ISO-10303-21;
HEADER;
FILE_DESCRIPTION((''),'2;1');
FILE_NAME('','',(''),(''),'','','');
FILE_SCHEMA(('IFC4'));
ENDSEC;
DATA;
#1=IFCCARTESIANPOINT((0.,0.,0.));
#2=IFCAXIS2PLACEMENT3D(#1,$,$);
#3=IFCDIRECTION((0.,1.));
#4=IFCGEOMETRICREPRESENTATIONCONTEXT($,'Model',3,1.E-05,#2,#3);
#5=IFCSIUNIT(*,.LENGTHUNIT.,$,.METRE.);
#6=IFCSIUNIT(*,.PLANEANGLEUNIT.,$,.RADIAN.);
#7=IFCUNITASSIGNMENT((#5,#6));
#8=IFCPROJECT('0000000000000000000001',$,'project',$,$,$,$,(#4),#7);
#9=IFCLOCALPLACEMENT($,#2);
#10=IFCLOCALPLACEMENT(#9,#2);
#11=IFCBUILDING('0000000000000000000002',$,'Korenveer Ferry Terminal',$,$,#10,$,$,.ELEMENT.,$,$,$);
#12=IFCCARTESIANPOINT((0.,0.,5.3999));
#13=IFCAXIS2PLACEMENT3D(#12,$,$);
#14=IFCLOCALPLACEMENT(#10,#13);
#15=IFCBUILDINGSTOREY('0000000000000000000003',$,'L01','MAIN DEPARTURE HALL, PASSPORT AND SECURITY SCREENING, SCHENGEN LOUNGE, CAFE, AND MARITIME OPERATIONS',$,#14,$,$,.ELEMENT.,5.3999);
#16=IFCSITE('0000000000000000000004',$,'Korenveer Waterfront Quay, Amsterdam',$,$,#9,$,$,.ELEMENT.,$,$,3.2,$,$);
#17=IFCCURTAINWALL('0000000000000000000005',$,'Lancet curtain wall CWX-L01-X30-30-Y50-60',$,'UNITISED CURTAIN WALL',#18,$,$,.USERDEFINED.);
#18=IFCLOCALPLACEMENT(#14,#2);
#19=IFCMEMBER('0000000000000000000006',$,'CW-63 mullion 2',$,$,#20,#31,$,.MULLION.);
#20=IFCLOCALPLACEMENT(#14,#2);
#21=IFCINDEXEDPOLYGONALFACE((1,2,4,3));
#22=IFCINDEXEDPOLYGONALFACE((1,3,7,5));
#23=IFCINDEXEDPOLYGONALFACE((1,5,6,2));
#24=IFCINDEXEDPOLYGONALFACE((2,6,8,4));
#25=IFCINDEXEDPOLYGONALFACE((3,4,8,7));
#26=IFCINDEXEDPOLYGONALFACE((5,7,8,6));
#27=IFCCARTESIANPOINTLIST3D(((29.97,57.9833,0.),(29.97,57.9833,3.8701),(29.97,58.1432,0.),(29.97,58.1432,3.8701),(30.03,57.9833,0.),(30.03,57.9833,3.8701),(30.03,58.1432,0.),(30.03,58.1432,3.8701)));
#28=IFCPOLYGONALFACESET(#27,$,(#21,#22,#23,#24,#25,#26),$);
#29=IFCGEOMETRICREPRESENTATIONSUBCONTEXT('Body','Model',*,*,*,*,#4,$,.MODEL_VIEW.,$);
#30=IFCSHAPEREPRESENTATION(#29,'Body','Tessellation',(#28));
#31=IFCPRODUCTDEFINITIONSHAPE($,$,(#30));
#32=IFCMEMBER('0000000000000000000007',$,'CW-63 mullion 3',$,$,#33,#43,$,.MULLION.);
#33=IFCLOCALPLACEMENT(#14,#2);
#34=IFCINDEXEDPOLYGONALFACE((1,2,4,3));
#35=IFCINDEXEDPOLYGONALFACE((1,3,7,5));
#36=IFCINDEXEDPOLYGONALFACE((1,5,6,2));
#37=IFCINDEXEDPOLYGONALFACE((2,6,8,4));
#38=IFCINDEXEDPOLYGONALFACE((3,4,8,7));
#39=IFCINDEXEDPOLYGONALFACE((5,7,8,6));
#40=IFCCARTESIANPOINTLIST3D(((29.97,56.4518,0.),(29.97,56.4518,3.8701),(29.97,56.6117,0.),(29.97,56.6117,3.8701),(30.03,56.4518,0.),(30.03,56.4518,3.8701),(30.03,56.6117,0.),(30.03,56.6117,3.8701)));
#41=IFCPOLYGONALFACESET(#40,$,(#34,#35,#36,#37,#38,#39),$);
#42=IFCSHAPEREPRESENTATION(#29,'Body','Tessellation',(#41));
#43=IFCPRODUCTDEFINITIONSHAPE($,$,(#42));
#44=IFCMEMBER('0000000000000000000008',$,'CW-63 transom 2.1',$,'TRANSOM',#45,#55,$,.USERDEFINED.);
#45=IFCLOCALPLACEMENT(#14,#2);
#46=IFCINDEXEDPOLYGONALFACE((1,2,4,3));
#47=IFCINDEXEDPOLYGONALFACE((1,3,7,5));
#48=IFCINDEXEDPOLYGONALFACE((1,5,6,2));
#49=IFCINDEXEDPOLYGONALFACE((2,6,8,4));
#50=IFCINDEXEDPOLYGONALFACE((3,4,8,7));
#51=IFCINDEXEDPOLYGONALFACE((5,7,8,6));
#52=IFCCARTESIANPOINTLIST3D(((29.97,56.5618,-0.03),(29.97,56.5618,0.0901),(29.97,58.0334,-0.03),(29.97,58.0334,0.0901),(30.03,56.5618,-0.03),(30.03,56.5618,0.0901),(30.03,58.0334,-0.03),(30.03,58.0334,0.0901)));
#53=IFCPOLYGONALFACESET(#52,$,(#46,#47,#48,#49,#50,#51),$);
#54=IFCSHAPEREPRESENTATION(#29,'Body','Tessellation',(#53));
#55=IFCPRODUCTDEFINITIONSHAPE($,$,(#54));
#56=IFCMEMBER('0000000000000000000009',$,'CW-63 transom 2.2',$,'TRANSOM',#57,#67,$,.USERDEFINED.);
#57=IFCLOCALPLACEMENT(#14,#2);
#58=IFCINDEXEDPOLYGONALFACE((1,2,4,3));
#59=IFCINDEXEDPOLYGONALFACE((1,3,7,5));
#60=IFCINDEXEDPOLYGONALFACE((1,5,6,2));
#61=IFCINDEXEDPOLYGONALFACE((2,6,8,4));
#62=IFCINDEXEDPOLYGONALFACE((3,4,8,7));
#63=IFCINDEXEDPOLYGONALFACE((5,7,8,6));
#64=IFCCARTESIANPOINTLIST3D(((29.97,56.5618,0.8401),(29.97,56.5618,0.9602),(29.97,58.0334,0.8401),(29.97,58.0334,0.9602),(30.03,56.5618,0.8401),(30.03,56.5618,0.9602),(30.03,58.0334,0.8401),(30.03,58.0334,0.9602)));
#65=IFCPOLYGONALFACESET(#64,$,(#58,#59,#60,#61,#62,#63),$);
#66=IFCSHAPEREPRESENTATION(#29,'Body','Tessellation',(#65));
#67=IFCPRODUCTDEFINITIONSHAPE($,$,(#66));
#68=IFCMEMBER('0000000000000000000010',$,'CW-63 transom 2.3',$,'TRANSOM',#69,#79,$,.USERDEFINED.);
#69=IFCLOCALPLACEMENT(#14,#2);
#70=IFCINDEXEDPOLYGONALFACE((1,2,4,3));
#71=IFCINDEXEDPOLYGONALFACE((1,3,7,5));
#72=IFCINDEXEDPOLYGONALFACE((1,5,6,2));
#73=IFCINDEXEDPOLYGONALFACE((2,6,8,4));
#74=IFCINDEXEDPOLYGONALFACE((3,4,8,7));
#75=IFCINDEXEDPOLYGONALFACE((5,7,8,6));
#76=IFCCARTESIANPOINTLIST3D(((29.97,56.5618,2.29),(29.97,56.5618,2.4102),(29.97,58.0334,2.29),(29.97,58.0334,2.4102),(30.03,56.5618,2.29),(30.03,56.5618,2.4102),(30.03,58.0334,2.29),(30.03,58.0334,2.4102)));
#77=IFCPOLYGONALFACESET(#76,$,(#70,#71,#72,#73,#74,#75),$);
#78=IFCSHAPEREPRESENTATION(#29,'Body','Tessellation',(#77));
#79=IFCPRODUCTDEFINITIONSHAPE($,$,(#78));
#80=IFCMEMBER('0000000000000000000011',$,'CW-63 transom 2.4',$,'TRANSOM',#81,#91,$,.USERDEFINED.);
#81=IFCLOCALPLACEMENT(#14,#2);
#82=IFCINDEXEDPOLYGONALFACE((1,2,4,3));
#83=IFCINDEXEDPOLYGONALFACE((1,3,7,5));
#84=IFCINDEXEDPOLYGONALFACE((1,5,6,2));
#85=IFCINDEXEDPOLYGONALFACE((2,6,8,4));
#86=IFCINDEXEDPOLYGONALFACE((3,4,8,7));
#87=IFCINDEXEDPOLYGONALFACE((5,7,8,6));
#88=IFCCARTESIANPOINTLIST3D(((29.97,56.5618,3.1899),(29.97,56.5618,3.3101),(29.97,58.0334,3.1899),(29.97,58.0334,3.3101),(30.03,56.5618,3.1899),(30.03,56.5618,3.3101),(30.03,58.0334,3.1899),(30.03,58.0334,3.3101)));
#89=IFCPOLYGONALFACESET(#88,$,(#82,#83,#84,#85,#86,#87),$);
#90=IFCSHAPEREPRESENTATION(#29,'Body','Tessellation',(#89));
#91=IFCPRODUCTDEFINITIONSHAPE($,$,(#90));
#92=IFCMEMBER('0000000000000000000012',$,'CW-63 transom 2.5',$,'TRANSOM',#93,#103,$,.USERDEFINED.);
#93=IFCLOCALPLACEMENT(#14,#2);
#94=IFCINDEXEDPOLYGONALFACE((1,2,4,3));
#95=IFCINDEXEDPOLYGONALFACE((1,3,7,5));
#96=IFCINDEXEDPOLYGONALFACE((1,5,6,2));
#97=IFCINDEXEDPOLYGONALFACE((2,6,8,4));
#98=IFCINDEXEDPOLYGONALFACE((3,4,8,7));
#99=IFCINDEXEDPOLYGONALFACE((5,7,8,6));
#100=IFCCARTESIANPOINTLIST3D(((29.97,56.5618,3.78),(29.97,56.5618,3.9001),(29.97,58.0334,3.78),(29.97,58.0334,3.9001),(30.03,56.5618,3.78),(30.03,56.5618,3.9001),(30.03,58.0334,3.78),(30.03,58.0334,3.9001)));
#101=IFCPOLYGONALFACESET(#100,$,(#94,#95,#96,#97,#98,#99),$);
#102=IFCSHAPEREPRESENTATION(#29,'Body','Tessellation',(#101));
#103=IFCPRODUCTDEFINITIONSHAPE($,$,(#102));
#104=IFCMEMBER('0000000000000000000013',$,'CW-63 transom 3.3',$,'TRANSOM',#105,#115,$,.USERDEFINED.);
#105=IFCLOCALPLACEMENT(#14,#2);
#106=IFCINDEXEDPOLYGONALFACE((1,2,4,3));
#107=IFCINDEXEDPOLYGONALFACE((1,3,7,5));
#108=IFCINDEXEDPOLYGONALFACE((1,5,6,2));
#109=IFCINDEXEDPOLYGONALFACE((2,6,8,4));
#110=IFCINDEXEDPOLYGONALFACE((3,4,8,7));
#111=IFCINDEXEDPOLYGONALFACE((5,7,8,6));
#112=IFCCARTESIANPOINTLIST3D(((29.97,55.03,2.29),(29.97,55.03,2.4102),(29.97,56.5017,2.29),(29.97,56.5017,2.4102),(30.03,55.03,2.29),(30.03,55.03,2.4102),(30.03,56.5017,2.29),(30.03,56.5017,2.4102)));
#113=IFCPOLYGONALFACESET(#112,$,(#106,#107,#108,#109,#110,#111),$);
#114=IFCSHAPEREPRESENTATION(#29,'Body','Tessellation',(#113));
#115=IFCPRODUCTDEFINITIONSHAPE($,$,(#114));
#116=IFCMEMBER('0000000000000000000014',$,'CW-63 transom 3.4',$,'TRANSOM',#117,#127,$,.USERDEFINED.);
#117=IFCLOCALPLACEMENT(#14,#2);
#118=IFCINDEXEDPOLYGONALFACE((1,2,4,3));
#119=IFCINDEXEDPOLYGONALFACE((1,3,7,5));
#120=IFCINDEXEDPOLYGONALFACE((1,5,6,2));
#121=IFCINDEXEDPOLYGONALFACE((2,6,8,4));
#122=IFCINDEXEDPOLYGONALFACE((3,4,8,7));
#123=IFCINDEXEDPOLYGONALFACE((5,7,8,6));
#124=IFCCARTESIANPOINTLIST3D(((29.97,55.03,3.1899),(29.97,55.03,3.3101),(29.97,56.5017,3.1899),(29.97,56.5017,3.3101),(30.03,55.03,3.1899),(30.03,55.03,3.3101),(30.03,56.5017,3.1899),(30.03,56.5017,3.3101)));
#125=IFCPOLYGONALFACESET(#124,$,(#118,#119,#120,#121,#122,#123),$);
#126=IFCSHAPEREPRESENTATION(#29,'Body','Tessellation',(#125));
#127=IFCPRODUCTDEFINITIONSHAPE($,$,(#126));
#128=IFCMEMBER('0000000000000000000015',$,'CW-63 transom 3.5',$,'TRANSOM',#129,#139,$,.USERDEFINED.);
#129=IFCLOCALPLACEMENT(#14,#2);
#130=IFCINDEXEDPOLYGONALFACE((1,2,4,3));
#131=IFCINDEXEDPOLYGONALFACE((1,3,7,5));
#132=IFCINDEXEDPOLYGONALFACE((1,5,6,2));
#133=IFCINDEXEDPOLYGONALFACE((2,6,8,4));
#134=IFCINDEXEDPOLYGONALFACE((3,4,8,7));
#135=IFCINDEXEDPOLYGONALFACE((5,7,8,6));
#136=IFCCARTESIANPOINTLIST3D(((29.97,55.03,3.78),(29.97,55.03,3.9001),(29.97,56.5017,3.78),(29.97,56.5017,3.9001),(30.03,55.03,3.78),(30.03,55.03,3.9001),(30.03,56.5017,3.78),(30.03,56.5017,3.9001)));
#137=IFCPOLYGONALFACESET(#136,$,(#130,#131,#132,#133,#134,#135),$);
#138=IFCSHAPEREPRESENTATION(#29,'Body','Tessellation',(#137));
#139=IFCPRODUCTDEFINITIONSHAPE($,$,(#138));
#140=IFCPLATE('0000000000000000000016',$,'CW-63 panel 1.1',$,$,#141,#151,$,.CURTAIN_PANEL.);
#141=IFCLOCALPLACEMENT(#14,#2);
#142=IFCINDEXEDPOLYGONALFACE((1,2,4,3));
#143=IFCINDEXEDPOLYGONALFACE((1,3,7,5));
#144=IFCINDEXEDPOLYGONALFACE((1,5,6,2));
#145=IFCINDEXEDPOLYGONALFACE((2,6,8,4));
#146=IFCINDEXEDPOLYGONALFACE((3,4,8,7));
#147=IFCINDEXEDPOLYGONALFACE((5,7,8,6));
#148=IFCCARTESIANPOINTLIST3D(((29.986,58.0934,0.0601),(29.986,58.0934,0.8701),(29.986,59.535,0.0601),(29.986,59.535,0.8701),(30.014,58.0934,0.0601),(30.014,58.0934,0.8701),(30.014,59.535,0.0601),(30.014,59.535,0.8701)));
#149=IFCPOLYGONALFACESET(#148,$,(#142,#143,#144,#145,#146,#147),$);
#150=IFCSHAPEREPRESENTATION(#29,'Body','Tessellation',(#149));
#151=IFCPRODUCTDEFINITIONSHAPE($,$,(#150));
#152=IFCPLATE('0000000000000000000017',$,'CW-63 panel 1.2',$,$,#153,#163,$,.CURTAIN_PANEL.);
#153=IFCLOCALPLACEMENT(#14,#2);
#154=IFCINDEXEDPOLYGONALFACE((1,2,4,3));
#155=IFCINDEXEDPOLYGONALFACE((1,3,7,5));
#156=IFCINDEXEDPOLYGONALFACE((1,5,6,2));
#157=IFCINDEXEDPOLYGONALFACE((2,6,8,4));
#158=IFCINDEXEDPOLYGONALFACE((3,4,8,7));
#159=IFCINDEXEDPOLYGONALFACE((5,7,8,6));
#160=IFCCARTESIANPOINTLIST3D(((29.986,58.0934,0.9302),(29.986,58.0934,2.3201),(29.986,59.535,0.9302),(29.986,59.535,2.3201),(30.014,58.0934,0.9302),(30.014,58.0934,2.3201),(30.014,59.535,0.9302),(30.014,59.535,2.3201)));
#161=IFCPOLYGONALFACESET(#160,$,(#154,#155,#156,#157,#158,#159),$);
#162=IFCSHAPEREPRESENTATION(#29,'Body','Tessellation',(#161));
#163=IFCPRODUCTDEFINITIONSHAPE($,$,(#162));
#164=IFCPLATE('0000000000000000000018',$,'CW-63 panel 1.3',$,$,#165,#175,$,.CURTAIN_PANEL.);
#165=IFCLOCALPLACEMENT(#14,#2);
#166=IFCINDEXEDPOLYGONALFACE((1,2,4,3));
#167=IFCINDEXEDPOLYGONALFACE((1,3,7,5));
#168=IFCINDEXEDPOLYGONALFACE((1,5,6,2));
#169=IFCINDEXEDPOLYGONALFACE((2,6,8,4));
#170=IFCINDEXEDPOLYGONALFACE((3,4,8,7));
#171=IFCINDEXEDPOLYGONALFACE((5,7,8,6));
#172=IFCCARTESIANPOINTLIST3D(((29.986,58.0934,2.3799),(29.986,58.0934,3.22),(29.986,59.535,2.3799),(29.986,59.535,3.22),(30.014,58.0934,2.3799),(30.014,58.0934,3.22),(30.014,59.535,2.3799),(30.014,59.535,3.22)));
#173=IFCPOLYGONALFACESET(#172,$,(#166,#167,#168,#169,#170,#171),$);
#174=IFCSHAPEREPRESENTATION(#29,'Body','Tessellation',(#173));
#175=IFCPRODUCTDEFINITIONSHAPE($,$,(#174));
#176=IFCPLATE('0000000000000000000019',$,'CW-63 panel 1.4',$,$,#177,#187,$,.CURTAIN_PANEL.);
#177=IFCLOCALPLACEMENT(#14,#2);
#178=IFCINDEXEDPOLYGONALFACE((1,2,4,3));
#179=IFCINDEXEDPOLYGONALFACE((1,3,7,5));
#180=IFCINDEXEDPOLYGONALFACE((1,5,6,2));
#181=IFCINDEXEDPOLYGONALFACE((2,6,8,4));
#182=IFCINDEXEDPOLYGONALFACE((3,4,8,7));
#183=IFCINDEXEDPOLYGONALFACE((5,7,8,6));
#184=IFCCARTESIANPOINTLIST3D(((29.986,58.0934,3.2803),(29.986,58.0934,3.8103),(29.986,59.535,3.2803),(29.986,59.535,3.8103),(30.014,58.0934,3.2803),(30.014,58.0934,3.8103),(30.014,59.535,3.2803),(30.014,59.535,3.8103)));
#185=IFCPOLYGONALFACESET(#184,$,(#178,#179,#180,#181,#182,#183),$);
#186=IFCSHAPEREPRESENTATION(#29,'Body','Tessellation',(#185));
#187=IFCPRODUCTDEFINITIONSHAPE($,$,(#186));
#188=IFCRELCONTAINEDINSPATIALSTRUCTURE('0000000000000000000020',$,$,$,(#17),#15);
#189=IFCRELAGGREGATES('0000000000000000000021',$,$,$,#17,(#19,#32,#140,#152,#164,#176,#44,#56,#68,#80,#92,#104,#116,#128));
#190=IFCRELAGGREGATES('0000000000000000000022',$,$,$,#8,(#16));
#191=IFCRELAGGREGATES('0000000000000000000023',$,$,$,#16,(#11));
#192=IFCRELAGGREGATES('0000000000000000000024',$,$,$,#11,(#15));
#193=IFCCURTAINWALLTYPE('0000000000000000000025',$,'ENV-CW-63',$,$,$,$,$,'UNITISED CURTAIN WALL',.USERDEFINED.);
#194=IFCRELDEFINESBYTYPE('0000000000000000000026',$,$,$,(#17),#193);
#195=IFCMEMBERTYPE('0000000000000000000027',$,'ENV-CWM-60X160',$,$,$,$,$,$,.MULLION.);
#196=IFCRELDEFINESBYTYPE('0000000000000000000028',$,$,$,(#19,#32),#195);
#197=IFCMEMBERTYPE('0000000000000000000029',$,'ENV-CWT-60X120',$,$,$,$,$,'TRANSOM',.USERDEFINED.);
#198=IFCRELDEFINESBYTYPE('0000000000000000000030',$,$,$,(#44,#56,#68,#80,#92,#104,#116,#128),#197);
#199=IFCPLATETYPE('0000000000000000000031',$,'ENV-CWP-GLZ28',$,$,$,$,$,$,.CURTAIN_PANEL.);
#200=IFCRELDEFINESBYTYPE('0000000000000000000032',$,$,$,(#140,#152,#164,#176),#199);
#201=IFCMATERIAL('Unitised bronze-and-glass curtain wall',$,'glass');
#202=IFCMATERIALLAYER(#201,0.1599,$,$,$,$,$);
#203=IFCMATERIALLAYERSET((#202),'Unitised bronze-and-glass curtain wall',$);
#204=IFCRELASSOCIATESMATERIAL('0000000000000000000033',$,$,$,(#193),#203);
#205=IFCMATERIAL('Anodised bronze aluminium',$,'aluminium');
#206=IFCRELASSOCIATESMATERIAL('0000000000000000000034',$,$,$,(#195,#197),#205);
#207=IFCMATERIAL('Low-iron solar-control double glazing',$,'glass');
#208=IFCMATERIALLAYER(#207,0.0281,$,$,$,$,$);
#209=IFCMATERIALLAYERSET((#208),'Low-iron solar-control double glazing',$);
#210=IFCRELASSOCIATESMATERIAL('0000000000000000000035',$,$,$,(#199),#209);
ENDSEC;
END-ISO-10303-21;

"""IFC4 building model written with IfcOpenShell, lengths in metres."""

from ifc_helpers import new_model, si_unit, direction, frame, origin, origin_2d, place, context, subcontext, project, spatial, rectangle, extrude, material, layer, layer_set, material_profile, profile_set, type_object, element, aggregate, save


model = new_model("IFC4")

# Units and contexts
model_context = context("Model", 3, precision=1e-05, world=origin(), true_north=direction((0.0, 1.0)))
body_context = subcontext(model_context, "Body", "Model", "MODEL_VIEW")
ifc_project = project(units=[si_unit("LENGTHUNIT", "METRE"), si_unit("PLANEANGLEUNIT", "RADIAN")], contexts=[model_context])

# Site, building, storey
site_placement = place(None, origin())
site = spatial("IfcSite", under=ifc_project, at=site_placement, Name="Korenveer Waterfront Quay, Amsterdam", CompositionType="ELEMENT", RefElevation=3.2)
building_placement = place(site_placement, origin())
building = spatial("IfcBuilding", under=site, at=building_placement, Name="Korenveer Ferry Terminal", CompositionType="ELEMENT")
storey_placement = place(building_placement, frame((0.0, 0.0, 5.3999)))
storey = spatial("IfcBuildingStorey", under=building, at=storey_placement, Name="L01", Description="MAIN DEPARTURE HALL, PASSPORT AND SECURITY SCREENING, SCHENGEN LOUNGE, CAFE, AND MARITIME OPERATIONS", CompositionType="ELEMENT", Elevation=5.3999)

# Curtain wall, members, plates
ifc_material_1 = material(Name="Unitised bronze-and-glass curtain wall", Category="glass")
ifc_layer_1 = layer(ifc_material_1, 0.1599)
ifc_layer_set_1 = layer_set([ifc_layer_1], Name="Unitised bronze-and-glass curtain wall")
curtain_wall_type = type_object("IfcCurtainWallType", Name="ENV-CW-63", ElementType="UNITISED CURTAIN WALL", PredefinedType="USERDEFINED", material=ifc_layer_set_1)
curtain_wall_placement = place(storey_placement, frame((30.0, 59.595, 0.0)))
curtain_wall = element("IfcCurtainWall", 1, at=curtain_wall_placement, inside=storey, type_object=curtain_wall_type, Name="Lancet curtain wall CWX-L01-X30-30-Y50-60", ObjectType="UNITISED CURTAIN WALL", PredefinedType="USERDEFINED")
ifc_material_2 = material(Name="Anodised bronze aluminium", Category="aluminium")
ifc_material_profile_1 = material_profile(ifc_material_2, rectangle(XDim=0.0601, YDim=0.1599, at=origin_2d()), Name="ALU 60x160")
ifc_profile_set_1 = profile_set([ifc_material_profile_1], Name="Anodised bronze aluminium")
member_type_1 = type_object("IfcMemberType", Name="ENV-CWM-60X160", PredefinedType="MULLION", material=ifc_profile_set_1)
member_1_placement = place(storey_placement, frame((30.0, 58.0632, 0.0), z_axis=(0.0, 0.0, 1.0), x_axis=(1.0, 0.0, 0.0)))
member_1 = element("IfcMember", 2, at=member_1_placement, type_object=member_type_1, Name="CW-63 mullion 2", PredefinedType="MULLION", context=body_context, shape_type="SweptSolid", body=[
    extrude(rectangle(XDim=0.0601, YDim=0.1599, at=origin_2d()), origin(), (0.0, 0.0, 1.0), 3.8701),
])
member_2_placement = place(storey_placement, frame((30.0, 56.5317, 0.0), z_axis=(0.0, 0.0, 1.0), x_axis=(1.0, 0.0, 0.0)))
member_2 = element("IfcMember", 3, at=member_2_placement, type_object=member_type_1, Name="CW-63 mullion 3", PredefinedType="MULLION", context=body_context, shape_type="SweptSolid", body=[
    extrude(rectangle(XDim=0.0601, YDim=0.1599, at=origin_2d()), origin(), (0.0, 0.0, 1.0), 3.8701),
])
ifc_material_profile_2 = material_profile(ifc_material_2, rectangle(XDim=0.0601, YDim=0.1201, at=origin_2d()), Name="ALU 60x120")
ifc_profile_set_2 = profile_set([ifc_material_profile_2], Name="Anodised bronze aluminium")
member_type_2 = type_object("IfcMemberType", Name="ENV-CWT-60X120", ElementType="TRANSOM", PredefinedType="USERDEFINED", material=ifc_profile_set_2)
member_3_placement = place(storey_placement, frame((30.0, 58.0334, 0.03), z_axis=(0.0, -1.0, 0.0), x_axis=(1.0, 0.0, 0.0)))
member_3 = element("IfcMember", 4, at=member_3_placement, type_object=member_type_2, Name="CW-63 transom 2.1", ObjectType="TRANSOM", PredefinedType="USERDEFINED", context=body_context, shape_type="SweptSolid", body=[
    extrude(rectangle(XDim=0.0601, YDim=0.1201, at=origin_2d()), origin(), (0.0, 0.0, 1.0), 1.4717),
])
member_4_placement = place(storey_placement, frame((30.0, 58.0334, 0.9001), z_axis=(0.0, -1.0, 0.0), x_axis=(1.0, 0.0, 0.0)))
member_4 = element("IfcMember", 5, at=member_4_placement, type_object=member_type_2, Name="CW-63 transom 2.2", ObjectType="TRANSOM", PredefinedType="USERDEFINED", context=body_context, shape_type="SweptSolid", body=[
    extrude(rectangle(XDim=0.0601, YDim=0.1201, at=origin_2d()), origin(), (0.0, 0.0, 1.0), 1.4717),
])
member_5_placement = place(storey_placement, frame((30.0, 58.0334, 2.3501), z_axis=(0.0, -1.0, 0.0), x_axis=(1.0, 0.0, 0.0)))
member_5 = element("IfcMember", 6, at=member_5_placement, type_object=member_type_2, Name="CW-63 transom 2.3", ObjectType="TRANSOM", PredefinedType="USERDEFINED", context=body_context, shape_type="SweptSolid", body=[
    extrude(rectangle(XDim=0.0601, YDim=0.1201, at=origin_2d()), origin(), (0.0, 0.0, 1.0), 1.4717),
])
member_6_placement = place(storey_placement, frame((30.0, 58.0334, 3.25), z_axis=(0.0, -1.0, 0.0), x_axis=(1.0, 0.0, 0.0)))
member_6 = element("IfcMember", 7, at=member_6_placement, type_object=member_type_2, Name="CW-63 transom 2.4", ObjectType="TRANSOM", PredefinedType="USERDEFINED", context=body_context, shape_type="SweptSolid", body=[
    extrude(rectangle(XDim=0.0601, YDim=0.1201, at=origin_2d()), origin(), (0.0, 0.0, 1.0), 1.4717),
])
member_7_placement = place(storey_placement, frame((30.0, 58.0334, 3.8401), z_axis=(0.0, -1.0, 0.0), x_axis=(1.0, 0.0, 0.0)))
member_7 = element("IfcMember", 8, at=member_7_placement, type_object=member_type_2, Name="CW-63 transom 2.5", ObjectType="TRANSOM", PredefinedType="USERDEFINED", context=body_context, shape_type="SweptSolid", body=[
    extrude(rectangle(XDim=0.0601, YDim=0.1201, at=origin_2d()), origin(), (0.0, 0.0, 1.0), 1.4717),
])
member_8_placement = place(storey_placement, frame((30.0, 56.5017, 2.3501), z_axis=(0.0, -1.0, 0.0), x_axis=(1.0, 0.0, 0.0)))
member_8 = element("IfcMember", 9, at=member_8_placement, type_object=member_type_2, Name="CW-63 transom 3.3", ObjectType="TRANSOM", PredefinedType="USERDEFINED", context=body_context, shape_type="SweptSolid", body=[
    extrude(rectangle(XDim=0.0601, YDim=0.1201, at=origin_2d()), origin(), (0.0, 0.0, 1.0), 1.4717),
])
member_9_placement = place(storey_placement, frame((30.0, 56.5017, 3.25), z_axis=(0.0, -1.0, 0.0), x_axis=(1.0, 0.0, 0.0)))
member_9 = element("IfcMember", 10, at=member_9_placement, type_object=member_type_2, Name="CW-63 transom 3.4", ObjectType="TRANSOM", PredefinedType="USERDEFINED", context=body_context, shape_type="SweptSolid", body=[
    extrude(rectangle(XDim=0.0601, YDim=0.1201, at=origin_2d()), origin(), (0.0, 0.0, 1.0), 1.4717),
])
member_10_placement = place(storey_placement, frame((30.0, 56.5017, 3.8401), z_axis=(0.0, -1.0, 0.0), x_axis=(1.0, 0.0, 0.0)))
member_10 = element("IfcMember", 11, at=member_10_placement, type_object=member_type_2, Name="CW-63 transom 3.5", ObjectType="TRANSOM", PredefinedType="USERDEFINED", context=body_context, shape_type="SweptSolid", body=[
    extrude(rectangle(XDim=0.0601, YDim=0.1201, at=origin_2d()), origin(), (0.0, 0.0, 1.0), 1.4717),
])
ifc_material_3 = material(Name="Low-iron solar-control double glazing", Category="glass")
ifc_layer_2 = layer(ifc_material_3, 0.0281)
ifc_layer_set_2 = layer_set([ifc_layer_2], Name="Low-iron solar-control double glazing")
plate_type = type_object("IfcPlateType", Name="ENV-CWP-GLZ28", PredefinedType="CURTAIN_PANEL", material=ifc_layer_set_2)
plate_1_placement = place(storey_placement, frame((30.0, 58.8142, 0.0601), z_axis=(0.0, 0.0, 1.0), x_axis=(0.0, -1.0, 0.0)))
plate_1 = element("IfcPlate", 12, at=plate_1_placement, type_object=plate_type, Name="CW-63 panel 1.1", PredefinedType="CURTAIN_PANEL", context=body_context, shape_type="SweptSolid", body=[
    extrude(rectangle(XDim=1.4417, YDim=0.0281, at=origin_2d()), origin(), (0.0, 0.0, 1.0), 0.8101),
])
plate_2_placement = place(storey_placement, frame((30.0, 58.8142, 0.9302), z_axis=(0.0, 0.0, 1.0), x_axis=(0.0, -1.0, 0.0)))
plate_2 = element("IfcPlate", 13, at=plate_2_placement, type_object=plate_type, Name="CW-63 panel 1.2", PredefinedType="CURTAIN_PANEL", context=body_context, shape_type="SweptSolid", body=[
    extrude(rectangle(XDim=1.4417, YDim=0.0281, at=origin_2d()), origin(), (0.0, 0.0, 1.0), 1.3899),
])
plate_3_placement = place(storey_placement, frame((30.0, 58.8142, 2.3799), z_axis=(0.0, 0.0, 1.0), x_axis=(0.0, -1.0, 0.0)))
plate_3 = element("IfcPlate", 14, at=plate_3_placement, type_object=plate_type, Name="CW-63 panel 1.3", PredefinedType="CURTAIN_PANEL", context=body_context, shape_type="SweptSolid", body=[
    extrude(rectangle(XDim=1.4417, YDim=0.0281, at=origin_2d()), origin(), (0.0, 0.0, 1.0), 0.8401),
])
plate_4_placement = place(storey_placement, frame((30.0, 58.8142, 3.2803), z_axis=(0.0, 0.0, 1.0), x_axis=(0.0, -1.0, 0.0)))
plate_4 = element("IfcPlate", 15, at=plate_4_placement, type_object=plate_type, Name="CW-63 panel 1.4", PredefinedType="CURTAIN_PANEL", context=body_context, shape_type="SweptSolid", body=[
    extrude(rectangle(XDim=1.4417, YDim=0.0281, at=origin_2d()), origin(), (0.0, 0.0, 1.0), 0.53),
])
aggregate(curtain_wall, [member_1, member_2, plate_1, plate_2, plate_3, plate_4, member_3, member_4, member_5, member_6, member_7, member_8, member_9, member_10])

save(model, "model.ifc")
